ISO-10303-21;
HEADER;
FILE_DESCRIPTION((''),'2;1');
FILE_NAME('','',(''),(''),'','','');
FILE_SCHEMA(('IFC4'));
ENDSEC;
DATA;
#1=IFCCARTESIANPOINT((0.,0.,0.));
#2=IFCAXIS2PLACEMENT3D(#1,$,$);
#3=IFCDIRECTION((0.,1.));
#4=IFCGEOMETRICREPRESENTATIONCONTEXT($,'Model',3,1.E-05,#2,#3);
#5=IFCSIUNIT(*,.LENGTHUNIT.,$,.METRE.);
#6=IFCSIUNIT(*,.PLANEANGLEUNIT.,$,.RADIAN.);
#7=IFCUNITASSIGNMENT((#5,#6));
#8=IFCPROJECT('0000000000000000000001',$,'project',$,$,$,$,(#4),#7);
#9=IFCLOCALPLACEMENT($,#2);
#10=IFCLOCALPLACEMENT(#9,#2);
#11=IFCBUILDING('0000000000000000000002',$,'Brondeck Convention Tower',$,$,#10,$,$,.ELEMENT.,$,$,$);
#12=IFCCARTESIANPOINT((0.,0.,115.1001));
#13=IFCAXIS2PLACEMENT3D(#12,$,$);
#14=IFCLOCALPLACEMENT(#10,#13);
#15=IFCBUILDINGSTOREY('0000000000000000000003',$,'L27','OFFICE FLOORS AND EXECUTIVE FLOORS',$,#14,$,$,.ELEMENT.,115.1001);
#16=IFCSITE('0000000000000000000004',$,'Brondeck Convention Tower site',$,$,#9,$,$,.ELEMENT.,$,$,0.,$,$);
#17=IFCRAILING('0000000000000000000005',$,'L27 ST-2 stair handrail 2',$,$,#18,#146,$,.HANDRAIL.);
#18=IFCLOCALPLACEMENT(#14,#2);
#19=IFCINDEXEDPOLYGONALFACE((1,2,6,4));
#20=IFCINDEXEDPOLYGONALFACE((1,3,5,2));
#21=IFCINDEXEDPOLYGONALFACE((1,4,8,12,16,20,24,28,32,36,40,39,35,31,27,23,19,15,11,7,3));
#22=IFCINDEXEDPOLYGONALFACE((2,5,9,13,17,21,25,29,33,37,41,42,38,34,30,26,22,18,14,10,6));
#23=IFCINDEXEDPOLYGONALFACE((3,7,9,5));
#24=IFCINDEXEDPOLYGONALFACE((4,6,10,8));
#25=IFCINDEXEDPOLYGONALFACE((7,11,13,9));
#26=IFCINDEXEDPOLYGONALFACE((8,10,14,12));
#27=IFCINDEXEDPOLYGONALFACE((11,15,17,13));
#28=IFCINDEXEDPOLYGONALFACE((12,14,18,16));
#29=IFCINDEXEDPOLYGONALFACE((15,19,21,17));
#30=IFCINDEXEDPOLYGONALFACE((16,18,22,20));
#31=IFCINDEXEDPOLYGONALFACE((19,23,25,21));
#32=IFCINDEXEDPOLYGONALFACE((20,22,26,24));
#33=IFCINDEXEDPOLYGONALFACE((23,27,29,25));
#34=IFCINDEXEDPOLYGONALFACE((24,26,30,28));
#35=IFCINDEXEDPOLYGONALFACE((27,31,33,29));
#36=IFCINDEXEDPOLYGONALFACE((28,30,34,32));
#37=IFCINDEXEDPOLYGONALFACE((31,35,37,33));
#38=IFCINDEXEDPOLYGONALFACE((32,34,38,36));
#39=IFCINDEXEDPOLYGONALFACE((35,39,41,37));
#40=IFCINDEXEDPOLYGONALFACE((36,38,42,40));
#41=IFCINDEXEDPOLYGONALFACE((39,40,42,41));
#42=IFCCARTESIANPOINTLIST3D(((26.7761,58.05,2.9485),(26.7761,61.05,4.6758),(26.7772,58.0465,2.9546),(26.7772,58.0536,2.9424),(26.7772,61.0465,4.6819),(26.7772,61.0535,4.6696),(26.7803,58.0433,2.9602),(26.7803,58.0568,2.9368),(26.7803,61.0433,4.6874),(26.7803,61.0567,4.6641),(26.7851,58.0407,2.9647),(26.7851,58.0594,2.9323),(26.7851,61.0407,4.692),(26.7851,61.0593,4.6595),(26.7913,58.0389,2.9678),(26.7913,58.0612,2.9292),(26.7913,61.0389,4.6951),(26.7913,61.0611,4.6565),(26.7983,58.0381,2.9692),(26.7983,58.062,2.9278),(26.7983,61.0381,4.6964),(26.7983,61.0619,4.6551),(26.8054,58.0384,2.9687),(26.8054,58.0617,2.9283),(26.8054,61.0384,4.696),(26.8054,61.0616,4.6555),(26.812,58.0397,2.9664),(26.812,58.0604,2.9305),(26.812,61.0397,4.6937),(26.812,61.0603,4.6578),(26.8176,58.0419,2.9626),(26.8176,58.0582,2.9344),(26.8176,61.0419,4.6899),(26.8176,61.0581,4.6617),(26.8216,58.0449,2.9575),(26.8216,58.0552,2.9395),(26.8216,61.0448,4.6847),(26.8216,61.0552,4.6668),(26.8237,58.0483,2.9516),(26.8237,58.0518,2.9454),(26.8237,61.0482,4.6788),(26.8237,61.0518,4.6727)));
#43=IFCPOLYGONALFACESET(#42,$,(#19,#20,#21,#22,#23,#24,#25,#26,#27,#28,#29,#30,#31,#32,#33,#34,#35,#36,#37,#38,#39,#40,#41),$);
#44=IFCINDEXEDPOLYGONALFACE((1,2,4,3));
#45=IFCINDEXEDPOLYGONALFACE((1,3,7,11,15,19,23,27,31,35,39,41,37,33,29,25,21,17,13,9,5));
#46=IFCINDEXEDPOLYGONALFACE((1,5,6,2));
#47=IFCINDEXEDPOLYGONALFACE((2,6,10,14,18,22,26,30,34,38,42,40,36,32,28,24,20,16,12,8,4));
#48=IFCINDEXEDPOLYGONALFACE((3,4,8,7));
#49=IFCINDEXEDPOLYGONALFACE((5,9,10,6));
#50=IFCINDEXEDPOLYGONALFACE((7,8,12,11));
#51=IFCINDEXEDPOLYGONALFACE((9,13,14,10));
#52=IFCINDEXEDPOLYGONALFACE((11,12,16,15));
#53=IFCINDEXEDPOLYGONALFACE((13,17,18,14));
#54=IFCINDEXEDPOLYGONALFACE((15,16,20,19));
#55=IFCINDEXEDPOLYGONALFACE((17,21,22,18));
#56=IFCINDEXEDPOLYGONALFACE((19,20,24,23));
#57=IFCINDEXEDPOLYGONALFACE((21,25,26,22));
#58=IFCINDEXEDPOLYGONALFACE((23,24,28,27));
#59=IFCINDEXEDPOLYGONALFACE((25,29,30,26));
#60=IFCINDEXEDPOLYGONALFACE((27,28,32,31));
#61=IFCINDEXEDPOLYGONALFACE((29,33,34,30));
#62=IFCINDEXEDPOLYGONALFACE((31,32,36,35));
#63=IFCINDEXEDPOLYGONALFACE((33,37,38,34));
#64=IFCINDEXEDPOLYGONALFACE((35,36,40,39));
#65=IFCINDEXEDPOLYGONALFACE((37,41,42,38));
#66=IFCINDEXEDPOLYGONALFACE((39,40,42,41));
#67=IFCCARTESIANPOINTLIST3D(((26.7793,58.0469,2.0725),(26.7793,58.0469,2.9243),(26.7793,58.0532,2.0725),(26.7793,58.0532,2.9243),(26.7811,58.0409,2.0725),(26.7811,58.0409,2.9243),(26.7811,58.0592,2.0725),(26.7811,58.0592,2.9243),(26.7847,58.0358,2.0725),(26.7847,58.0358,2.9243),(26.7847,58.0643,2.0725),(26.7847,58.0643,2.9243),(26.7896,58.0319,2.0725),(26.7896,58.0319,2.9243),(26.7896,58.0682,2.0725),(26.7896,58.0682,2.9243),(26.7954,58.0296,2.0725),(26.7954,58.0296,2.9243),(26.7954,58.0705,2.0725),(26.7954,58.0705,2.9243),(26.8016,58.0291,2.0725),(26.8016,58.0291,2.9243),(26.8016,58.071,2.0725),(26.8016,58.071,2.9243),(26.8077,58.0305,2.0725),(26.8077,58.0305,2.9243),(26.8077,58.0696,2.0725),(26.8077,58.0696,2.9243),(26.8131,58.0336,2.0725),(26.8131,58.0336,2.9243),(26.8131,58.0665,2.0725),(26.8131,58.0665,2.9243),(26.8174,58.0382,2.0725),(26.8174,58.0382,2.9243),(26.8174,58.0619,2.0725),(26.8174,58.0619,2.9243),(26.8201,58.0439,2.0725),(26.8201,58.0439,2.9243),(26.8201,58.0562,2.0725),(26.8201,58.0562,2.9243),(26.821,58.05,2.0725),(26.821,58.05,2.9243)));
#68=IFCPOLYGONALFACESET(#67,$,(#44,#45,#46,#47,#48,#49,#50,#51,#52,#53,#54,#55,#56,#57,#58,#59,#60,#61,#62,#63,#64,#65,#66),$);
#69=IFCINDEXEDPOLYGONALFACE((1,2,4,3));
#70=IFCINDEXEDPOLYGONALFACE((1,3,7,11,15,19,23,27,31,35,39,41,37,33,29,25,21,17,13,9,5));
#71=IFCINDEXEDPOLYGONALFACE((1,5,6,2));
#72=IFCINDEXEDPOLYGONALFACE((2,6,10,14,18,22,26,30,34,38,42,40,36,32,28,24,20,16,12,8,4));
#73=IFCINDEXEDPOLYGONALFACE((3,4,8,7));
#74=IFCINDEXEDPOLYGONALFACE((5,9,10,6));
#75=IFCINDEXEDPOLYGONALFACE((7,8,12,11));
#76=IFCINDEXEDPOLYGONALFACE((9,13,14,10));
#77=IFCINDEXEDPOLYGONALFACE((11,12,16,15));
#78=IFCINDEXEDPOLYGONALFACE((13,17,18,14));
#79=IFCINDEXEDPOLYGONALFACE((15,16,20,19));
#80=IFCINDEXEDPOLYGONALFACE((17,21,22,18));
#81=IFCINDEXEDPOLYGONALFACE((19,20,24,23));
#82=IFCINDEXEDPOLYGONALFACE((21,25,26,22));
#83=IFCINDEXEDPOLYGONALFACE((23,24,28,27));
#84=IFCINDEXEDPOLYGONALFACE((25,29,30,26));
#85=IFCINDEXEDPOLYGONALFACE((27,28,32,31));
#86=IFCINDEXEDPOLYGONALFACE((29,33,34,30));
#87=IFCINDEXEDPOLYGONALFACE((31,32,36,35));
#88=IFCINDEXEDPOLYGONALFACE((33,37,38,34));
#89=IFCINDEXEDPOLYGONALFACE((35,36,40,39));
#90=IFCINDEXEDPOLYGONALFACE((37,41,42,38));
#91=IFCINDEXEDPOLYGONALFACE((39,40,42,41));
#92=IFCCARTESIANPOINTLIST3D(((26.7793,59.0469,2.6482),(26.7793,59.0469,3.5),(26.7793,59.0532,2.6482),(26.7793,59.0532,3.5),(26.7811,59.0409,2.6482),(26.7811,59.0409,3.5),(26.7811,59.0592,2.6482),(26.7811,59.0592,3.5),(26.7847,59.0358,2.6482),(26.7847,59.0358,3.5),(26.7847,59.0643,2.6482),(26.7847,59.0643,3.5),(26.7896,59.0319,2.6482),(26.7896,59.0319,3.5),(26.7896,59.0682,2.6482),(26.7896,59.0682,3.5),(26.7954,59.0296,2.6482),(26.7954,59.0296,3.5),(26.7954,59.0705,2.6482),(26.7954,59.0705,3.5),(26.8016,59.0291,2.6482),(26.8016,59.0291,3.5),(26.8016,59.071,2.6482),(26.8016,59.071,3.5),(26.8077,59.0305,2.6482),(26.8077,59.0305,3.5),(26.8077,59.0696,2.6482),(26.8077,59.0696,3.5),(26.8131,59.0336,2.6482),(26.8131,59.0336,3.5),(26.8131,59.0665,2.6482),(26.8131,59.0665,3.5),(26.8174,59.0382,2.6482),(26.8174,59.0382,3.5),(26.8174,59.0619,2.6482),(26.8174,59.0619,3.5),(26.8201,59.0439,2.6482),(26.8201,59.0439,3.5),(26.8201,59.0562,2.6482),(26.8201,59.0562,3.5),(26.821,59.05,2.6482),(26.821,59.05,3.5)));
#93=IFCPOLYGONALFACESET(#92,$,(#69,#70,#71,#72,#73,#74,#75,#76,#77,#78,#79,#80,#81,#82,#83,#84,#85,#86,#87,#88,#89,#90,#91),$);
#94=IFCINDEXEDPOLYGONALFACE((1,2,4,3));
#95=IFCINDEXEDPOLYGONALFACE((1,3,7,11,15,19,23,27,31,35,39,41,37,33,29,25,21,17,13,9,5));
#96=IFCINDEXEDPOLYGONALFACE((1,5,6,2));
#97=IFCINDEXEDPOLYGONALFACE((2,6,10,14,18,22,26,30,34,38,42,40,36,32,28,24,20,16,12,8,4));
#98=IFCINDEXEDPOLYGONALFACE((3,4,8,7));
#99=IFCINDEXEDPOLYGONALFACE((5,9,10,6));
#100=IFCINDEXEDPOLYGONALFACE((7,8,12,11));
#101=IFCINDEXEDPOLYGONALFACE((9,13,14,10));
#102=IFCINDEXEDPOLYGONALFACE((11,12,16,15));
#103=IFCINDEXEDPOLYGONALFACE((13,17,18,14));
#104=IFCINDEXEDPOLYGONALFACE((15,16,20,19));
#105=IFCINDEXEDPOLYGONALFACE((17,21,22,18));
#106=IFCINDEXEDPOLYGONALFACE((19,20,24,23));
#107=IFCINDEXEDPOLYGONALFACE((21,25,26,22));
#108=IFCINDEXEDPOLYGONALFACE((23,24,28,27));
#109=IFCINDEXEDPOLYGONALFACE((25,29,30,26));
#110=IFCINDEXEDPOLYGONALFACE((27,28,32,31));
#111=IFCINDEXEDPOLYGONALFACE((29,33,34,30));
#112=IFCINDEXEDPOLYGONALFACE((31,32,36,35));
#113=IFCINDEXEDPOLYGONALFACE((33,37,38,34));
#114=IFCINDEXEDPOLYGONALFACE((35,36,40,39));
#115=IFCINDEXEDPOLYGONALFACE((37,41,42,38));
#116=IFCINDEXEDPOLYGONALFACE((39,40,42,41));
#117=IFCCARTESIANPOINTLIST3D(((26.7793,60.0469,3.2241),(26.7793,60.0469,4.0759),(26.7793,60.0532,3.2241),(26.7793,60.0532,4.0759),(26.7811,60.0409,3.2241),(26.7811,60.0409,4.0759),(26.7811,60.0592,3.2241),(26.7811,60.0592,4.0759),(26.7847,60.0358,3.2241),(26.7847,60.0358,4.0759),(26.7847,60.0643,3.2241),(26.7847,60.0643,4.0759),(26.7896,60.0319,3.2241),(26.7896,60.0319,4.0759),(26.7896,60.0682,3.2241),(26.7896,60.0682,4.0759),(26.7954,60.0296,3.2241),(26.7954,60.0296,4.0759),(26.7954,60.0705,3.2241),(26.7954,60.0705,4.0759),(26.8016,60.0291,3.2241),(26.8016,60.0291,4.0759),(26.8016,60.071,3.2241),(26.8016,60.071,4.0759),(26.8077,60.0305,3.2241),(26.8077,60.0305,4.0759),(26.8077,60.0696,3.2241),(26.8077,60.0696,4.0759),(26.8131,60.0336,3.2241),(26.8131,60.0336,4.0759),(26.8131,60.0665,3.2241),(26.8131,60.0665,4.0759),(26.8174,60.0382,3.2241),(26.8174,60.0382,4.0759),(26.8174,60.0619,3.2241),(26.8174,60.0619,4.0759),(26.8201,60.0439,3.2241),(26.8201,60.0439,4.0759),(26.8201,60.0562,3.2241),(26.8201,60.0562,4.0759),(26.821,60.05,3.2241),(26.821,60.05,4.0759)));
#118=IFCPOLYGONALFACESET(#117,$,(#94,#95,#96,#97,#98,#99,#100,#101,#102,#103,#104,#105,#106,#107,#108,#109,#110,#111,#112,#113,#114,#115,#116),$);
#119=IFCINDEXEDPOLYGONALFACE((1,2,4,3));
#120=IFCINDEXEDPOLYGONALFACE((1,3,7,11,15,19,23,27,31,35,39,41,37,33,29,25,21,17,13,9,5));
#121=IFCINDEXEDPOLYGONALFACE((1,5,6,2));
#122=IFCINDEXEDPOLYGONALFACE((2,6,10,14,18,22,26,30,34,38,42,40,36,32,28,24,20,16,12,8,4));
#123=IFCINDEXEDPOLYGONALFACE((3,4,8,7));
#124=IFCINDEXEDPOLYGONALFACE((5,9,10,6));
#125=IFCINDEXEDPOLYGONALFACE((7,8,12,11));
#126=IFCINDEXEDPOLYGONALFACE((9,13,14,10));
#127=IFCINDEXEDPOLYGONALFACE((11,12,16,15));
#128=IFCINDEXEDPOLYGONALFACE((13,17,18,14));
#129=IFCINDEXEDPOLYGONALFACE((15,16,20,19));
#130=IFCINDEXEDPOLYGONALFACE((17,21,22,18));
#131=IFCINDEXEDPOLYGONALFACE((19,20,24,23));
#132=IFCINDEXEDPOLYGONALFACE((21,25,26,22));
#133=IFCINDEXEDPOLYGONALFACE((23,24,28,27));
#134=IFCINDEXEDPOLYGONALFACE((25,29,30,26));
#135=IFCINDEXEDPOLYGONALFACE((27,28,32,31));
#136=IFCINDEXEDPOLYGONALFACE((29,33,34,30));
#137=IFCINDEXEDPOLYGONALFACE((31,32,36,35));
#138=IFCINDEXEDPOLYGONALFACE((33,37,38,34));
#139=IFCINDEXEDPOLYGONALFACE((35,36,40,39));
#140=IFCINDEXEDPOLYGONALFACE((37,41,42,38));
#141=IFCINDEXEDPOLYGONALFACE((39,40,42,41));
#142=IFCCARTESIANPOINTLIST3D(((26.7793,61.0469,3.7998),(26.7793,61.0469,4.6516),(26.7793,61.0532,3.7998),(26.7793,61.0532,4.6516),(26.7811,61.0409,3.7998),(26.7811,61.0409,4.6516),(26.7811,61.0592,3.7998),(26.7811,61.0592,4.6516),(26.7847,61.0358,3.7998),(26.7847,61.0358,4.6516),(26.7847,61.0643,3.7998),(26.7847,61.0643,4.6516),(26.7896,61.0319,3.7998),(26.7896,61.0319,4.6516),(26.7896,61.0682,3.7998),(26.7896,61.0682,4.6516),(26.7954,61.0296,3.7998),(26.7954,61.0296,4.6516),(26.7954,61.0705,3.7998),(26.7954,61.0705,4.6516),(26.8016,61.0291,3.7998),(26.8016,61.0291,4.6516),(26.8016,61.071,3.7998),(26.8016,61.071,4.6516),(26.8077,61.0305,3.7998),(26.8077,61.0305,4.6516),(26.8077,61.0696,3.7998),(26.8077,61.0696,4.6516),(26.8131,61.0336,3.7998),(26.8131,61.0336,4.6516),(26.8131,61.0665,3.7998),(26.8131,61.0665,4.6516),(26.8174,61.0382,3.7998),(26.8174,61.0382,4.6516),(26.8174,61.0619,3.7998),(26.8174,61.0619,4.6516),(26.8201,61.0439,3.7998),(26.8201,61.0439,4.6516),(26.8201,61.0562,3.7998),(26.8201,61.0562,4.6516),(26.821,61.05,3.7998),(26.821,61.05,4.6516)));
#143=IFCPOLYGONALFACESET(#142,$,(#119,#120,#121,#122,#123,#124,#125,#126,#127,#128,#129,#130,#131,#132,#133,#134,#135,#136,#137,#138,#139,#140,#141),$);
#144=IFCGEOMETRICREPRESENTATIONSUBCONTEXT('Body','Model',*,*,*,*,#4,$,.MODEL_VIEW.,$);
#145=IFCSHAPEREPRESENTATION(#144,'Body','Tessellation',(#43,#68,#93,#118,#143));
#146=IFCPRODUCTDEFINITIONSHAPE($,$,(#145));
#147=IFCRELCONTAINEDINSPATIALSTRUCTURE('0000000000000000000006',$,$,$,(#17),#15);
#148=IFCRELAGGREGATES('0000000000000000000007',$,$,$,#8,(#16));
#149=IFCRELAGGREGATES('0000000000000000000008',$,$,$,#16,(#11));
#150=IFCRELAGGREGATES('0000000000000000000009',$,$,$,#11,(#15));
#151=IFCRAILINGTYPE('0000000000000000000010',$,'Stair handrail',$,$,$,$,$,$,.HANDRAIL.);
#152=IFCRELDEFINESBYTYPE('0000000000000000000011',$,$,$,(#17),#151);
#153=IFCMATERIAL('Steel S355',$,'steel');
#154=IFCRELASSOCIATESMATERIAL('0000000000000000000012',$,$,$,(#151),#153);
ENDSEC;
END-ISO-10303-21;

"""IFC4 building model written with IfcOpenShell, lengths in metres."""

from ifc_helpers import new_model, si_unit, direction, frame, origin, origin_2d, place, context, subcontext, project, spatial, circle, extrude, material, type_object, element, save


model = new_model("IFC4")

# Units and contexts
model_context = context("Model", 3, precision=1e-05, world=origin(), true_north=direction((0.0, 1.0)))
body_context = subcontext(model_context, "Body", "Model", "MODEL_VIEW")
ifc_project = project(units=[si_unit("LENGTHUNIT", "METRE"), si_unit("PLANEANGLEUNIT", "RADIAN")], contexts=[model_context])

# Site, building, storey
site_placement = place(None, origin())
site = spatial("IfcSite", under=ifc_project, at=site_placement, Name="Brondeck Convention Tower site", CompositionType="ELEMENT", RefElevation=0.0)
building_placement = place(site_placement, origin())
building = spatial("IfcBuilding", under=site, at=building_placement, Name="Brondeck Convention Tower", CompositionType="ELEMENT")
storey_placement = place(building_placement, frame((0.0, 0.0, 115.1001)))
storey = spatial("IfcBuildingStorey", under=building, at=storey_placement, Name="L27", Description="OFFICE FLOORS AND EXECUTIVE FLOORS", CompositionType="ELEMENT", Elevation=115.1001)

# Shared definitions
ifc_material_1 = material(Name="Steel S355", Category="steel")

# Railing
railing_type_1 = type_object("IfcRailingType", Name="Stair handrail", PredefinedType="HANDRAIL", material=ifc_material_1)
railing_1_placement = place(storey_placement, frame((26.8, 58.05, 2.0725)))
element("IfcRailing", 1, at=railing_1_placement, inside=storey, type_object=railing_type_1, Name="L27 ST-2 stair handrail 2", PredefinedType="HANDRAIL", context=body_context, shape_type="SweptSolid", body=[
    extrude(circle(Radius=0.0239, at=origin_2d()), frame((0.0, 0.0, 0.876), z_axis=(0.0, 0.86662, 0.498969), x_axis=(-1.0, 0.0, 0.0)), (0.0, 0.0, 1.0), 3.4617),
    extrude(circle(Radius=0.021, at=origin_2d()), origin(), (0.0, 0.0, 1.0), 0.8518),
    extrude(circle(Radius=0.021, at=origin_2d()), frame((0.0, 1.0, 0.5757)), (0.0, 0.0, 1.0), 0.8518),
    extrude(circle(Radius=0.021, at=origin_2d()), frame((0.0, 2.0, 1.1516)), (0.0, 0.0, 1.0), 0.8518),
    extrude(circle(Radius=0.021, at=origin_2d()), frame((0.0, 3.0, 1.7273)), (0.0, 0.0, 1.0), 0.8518),
])

save(model, "model.ifc")
